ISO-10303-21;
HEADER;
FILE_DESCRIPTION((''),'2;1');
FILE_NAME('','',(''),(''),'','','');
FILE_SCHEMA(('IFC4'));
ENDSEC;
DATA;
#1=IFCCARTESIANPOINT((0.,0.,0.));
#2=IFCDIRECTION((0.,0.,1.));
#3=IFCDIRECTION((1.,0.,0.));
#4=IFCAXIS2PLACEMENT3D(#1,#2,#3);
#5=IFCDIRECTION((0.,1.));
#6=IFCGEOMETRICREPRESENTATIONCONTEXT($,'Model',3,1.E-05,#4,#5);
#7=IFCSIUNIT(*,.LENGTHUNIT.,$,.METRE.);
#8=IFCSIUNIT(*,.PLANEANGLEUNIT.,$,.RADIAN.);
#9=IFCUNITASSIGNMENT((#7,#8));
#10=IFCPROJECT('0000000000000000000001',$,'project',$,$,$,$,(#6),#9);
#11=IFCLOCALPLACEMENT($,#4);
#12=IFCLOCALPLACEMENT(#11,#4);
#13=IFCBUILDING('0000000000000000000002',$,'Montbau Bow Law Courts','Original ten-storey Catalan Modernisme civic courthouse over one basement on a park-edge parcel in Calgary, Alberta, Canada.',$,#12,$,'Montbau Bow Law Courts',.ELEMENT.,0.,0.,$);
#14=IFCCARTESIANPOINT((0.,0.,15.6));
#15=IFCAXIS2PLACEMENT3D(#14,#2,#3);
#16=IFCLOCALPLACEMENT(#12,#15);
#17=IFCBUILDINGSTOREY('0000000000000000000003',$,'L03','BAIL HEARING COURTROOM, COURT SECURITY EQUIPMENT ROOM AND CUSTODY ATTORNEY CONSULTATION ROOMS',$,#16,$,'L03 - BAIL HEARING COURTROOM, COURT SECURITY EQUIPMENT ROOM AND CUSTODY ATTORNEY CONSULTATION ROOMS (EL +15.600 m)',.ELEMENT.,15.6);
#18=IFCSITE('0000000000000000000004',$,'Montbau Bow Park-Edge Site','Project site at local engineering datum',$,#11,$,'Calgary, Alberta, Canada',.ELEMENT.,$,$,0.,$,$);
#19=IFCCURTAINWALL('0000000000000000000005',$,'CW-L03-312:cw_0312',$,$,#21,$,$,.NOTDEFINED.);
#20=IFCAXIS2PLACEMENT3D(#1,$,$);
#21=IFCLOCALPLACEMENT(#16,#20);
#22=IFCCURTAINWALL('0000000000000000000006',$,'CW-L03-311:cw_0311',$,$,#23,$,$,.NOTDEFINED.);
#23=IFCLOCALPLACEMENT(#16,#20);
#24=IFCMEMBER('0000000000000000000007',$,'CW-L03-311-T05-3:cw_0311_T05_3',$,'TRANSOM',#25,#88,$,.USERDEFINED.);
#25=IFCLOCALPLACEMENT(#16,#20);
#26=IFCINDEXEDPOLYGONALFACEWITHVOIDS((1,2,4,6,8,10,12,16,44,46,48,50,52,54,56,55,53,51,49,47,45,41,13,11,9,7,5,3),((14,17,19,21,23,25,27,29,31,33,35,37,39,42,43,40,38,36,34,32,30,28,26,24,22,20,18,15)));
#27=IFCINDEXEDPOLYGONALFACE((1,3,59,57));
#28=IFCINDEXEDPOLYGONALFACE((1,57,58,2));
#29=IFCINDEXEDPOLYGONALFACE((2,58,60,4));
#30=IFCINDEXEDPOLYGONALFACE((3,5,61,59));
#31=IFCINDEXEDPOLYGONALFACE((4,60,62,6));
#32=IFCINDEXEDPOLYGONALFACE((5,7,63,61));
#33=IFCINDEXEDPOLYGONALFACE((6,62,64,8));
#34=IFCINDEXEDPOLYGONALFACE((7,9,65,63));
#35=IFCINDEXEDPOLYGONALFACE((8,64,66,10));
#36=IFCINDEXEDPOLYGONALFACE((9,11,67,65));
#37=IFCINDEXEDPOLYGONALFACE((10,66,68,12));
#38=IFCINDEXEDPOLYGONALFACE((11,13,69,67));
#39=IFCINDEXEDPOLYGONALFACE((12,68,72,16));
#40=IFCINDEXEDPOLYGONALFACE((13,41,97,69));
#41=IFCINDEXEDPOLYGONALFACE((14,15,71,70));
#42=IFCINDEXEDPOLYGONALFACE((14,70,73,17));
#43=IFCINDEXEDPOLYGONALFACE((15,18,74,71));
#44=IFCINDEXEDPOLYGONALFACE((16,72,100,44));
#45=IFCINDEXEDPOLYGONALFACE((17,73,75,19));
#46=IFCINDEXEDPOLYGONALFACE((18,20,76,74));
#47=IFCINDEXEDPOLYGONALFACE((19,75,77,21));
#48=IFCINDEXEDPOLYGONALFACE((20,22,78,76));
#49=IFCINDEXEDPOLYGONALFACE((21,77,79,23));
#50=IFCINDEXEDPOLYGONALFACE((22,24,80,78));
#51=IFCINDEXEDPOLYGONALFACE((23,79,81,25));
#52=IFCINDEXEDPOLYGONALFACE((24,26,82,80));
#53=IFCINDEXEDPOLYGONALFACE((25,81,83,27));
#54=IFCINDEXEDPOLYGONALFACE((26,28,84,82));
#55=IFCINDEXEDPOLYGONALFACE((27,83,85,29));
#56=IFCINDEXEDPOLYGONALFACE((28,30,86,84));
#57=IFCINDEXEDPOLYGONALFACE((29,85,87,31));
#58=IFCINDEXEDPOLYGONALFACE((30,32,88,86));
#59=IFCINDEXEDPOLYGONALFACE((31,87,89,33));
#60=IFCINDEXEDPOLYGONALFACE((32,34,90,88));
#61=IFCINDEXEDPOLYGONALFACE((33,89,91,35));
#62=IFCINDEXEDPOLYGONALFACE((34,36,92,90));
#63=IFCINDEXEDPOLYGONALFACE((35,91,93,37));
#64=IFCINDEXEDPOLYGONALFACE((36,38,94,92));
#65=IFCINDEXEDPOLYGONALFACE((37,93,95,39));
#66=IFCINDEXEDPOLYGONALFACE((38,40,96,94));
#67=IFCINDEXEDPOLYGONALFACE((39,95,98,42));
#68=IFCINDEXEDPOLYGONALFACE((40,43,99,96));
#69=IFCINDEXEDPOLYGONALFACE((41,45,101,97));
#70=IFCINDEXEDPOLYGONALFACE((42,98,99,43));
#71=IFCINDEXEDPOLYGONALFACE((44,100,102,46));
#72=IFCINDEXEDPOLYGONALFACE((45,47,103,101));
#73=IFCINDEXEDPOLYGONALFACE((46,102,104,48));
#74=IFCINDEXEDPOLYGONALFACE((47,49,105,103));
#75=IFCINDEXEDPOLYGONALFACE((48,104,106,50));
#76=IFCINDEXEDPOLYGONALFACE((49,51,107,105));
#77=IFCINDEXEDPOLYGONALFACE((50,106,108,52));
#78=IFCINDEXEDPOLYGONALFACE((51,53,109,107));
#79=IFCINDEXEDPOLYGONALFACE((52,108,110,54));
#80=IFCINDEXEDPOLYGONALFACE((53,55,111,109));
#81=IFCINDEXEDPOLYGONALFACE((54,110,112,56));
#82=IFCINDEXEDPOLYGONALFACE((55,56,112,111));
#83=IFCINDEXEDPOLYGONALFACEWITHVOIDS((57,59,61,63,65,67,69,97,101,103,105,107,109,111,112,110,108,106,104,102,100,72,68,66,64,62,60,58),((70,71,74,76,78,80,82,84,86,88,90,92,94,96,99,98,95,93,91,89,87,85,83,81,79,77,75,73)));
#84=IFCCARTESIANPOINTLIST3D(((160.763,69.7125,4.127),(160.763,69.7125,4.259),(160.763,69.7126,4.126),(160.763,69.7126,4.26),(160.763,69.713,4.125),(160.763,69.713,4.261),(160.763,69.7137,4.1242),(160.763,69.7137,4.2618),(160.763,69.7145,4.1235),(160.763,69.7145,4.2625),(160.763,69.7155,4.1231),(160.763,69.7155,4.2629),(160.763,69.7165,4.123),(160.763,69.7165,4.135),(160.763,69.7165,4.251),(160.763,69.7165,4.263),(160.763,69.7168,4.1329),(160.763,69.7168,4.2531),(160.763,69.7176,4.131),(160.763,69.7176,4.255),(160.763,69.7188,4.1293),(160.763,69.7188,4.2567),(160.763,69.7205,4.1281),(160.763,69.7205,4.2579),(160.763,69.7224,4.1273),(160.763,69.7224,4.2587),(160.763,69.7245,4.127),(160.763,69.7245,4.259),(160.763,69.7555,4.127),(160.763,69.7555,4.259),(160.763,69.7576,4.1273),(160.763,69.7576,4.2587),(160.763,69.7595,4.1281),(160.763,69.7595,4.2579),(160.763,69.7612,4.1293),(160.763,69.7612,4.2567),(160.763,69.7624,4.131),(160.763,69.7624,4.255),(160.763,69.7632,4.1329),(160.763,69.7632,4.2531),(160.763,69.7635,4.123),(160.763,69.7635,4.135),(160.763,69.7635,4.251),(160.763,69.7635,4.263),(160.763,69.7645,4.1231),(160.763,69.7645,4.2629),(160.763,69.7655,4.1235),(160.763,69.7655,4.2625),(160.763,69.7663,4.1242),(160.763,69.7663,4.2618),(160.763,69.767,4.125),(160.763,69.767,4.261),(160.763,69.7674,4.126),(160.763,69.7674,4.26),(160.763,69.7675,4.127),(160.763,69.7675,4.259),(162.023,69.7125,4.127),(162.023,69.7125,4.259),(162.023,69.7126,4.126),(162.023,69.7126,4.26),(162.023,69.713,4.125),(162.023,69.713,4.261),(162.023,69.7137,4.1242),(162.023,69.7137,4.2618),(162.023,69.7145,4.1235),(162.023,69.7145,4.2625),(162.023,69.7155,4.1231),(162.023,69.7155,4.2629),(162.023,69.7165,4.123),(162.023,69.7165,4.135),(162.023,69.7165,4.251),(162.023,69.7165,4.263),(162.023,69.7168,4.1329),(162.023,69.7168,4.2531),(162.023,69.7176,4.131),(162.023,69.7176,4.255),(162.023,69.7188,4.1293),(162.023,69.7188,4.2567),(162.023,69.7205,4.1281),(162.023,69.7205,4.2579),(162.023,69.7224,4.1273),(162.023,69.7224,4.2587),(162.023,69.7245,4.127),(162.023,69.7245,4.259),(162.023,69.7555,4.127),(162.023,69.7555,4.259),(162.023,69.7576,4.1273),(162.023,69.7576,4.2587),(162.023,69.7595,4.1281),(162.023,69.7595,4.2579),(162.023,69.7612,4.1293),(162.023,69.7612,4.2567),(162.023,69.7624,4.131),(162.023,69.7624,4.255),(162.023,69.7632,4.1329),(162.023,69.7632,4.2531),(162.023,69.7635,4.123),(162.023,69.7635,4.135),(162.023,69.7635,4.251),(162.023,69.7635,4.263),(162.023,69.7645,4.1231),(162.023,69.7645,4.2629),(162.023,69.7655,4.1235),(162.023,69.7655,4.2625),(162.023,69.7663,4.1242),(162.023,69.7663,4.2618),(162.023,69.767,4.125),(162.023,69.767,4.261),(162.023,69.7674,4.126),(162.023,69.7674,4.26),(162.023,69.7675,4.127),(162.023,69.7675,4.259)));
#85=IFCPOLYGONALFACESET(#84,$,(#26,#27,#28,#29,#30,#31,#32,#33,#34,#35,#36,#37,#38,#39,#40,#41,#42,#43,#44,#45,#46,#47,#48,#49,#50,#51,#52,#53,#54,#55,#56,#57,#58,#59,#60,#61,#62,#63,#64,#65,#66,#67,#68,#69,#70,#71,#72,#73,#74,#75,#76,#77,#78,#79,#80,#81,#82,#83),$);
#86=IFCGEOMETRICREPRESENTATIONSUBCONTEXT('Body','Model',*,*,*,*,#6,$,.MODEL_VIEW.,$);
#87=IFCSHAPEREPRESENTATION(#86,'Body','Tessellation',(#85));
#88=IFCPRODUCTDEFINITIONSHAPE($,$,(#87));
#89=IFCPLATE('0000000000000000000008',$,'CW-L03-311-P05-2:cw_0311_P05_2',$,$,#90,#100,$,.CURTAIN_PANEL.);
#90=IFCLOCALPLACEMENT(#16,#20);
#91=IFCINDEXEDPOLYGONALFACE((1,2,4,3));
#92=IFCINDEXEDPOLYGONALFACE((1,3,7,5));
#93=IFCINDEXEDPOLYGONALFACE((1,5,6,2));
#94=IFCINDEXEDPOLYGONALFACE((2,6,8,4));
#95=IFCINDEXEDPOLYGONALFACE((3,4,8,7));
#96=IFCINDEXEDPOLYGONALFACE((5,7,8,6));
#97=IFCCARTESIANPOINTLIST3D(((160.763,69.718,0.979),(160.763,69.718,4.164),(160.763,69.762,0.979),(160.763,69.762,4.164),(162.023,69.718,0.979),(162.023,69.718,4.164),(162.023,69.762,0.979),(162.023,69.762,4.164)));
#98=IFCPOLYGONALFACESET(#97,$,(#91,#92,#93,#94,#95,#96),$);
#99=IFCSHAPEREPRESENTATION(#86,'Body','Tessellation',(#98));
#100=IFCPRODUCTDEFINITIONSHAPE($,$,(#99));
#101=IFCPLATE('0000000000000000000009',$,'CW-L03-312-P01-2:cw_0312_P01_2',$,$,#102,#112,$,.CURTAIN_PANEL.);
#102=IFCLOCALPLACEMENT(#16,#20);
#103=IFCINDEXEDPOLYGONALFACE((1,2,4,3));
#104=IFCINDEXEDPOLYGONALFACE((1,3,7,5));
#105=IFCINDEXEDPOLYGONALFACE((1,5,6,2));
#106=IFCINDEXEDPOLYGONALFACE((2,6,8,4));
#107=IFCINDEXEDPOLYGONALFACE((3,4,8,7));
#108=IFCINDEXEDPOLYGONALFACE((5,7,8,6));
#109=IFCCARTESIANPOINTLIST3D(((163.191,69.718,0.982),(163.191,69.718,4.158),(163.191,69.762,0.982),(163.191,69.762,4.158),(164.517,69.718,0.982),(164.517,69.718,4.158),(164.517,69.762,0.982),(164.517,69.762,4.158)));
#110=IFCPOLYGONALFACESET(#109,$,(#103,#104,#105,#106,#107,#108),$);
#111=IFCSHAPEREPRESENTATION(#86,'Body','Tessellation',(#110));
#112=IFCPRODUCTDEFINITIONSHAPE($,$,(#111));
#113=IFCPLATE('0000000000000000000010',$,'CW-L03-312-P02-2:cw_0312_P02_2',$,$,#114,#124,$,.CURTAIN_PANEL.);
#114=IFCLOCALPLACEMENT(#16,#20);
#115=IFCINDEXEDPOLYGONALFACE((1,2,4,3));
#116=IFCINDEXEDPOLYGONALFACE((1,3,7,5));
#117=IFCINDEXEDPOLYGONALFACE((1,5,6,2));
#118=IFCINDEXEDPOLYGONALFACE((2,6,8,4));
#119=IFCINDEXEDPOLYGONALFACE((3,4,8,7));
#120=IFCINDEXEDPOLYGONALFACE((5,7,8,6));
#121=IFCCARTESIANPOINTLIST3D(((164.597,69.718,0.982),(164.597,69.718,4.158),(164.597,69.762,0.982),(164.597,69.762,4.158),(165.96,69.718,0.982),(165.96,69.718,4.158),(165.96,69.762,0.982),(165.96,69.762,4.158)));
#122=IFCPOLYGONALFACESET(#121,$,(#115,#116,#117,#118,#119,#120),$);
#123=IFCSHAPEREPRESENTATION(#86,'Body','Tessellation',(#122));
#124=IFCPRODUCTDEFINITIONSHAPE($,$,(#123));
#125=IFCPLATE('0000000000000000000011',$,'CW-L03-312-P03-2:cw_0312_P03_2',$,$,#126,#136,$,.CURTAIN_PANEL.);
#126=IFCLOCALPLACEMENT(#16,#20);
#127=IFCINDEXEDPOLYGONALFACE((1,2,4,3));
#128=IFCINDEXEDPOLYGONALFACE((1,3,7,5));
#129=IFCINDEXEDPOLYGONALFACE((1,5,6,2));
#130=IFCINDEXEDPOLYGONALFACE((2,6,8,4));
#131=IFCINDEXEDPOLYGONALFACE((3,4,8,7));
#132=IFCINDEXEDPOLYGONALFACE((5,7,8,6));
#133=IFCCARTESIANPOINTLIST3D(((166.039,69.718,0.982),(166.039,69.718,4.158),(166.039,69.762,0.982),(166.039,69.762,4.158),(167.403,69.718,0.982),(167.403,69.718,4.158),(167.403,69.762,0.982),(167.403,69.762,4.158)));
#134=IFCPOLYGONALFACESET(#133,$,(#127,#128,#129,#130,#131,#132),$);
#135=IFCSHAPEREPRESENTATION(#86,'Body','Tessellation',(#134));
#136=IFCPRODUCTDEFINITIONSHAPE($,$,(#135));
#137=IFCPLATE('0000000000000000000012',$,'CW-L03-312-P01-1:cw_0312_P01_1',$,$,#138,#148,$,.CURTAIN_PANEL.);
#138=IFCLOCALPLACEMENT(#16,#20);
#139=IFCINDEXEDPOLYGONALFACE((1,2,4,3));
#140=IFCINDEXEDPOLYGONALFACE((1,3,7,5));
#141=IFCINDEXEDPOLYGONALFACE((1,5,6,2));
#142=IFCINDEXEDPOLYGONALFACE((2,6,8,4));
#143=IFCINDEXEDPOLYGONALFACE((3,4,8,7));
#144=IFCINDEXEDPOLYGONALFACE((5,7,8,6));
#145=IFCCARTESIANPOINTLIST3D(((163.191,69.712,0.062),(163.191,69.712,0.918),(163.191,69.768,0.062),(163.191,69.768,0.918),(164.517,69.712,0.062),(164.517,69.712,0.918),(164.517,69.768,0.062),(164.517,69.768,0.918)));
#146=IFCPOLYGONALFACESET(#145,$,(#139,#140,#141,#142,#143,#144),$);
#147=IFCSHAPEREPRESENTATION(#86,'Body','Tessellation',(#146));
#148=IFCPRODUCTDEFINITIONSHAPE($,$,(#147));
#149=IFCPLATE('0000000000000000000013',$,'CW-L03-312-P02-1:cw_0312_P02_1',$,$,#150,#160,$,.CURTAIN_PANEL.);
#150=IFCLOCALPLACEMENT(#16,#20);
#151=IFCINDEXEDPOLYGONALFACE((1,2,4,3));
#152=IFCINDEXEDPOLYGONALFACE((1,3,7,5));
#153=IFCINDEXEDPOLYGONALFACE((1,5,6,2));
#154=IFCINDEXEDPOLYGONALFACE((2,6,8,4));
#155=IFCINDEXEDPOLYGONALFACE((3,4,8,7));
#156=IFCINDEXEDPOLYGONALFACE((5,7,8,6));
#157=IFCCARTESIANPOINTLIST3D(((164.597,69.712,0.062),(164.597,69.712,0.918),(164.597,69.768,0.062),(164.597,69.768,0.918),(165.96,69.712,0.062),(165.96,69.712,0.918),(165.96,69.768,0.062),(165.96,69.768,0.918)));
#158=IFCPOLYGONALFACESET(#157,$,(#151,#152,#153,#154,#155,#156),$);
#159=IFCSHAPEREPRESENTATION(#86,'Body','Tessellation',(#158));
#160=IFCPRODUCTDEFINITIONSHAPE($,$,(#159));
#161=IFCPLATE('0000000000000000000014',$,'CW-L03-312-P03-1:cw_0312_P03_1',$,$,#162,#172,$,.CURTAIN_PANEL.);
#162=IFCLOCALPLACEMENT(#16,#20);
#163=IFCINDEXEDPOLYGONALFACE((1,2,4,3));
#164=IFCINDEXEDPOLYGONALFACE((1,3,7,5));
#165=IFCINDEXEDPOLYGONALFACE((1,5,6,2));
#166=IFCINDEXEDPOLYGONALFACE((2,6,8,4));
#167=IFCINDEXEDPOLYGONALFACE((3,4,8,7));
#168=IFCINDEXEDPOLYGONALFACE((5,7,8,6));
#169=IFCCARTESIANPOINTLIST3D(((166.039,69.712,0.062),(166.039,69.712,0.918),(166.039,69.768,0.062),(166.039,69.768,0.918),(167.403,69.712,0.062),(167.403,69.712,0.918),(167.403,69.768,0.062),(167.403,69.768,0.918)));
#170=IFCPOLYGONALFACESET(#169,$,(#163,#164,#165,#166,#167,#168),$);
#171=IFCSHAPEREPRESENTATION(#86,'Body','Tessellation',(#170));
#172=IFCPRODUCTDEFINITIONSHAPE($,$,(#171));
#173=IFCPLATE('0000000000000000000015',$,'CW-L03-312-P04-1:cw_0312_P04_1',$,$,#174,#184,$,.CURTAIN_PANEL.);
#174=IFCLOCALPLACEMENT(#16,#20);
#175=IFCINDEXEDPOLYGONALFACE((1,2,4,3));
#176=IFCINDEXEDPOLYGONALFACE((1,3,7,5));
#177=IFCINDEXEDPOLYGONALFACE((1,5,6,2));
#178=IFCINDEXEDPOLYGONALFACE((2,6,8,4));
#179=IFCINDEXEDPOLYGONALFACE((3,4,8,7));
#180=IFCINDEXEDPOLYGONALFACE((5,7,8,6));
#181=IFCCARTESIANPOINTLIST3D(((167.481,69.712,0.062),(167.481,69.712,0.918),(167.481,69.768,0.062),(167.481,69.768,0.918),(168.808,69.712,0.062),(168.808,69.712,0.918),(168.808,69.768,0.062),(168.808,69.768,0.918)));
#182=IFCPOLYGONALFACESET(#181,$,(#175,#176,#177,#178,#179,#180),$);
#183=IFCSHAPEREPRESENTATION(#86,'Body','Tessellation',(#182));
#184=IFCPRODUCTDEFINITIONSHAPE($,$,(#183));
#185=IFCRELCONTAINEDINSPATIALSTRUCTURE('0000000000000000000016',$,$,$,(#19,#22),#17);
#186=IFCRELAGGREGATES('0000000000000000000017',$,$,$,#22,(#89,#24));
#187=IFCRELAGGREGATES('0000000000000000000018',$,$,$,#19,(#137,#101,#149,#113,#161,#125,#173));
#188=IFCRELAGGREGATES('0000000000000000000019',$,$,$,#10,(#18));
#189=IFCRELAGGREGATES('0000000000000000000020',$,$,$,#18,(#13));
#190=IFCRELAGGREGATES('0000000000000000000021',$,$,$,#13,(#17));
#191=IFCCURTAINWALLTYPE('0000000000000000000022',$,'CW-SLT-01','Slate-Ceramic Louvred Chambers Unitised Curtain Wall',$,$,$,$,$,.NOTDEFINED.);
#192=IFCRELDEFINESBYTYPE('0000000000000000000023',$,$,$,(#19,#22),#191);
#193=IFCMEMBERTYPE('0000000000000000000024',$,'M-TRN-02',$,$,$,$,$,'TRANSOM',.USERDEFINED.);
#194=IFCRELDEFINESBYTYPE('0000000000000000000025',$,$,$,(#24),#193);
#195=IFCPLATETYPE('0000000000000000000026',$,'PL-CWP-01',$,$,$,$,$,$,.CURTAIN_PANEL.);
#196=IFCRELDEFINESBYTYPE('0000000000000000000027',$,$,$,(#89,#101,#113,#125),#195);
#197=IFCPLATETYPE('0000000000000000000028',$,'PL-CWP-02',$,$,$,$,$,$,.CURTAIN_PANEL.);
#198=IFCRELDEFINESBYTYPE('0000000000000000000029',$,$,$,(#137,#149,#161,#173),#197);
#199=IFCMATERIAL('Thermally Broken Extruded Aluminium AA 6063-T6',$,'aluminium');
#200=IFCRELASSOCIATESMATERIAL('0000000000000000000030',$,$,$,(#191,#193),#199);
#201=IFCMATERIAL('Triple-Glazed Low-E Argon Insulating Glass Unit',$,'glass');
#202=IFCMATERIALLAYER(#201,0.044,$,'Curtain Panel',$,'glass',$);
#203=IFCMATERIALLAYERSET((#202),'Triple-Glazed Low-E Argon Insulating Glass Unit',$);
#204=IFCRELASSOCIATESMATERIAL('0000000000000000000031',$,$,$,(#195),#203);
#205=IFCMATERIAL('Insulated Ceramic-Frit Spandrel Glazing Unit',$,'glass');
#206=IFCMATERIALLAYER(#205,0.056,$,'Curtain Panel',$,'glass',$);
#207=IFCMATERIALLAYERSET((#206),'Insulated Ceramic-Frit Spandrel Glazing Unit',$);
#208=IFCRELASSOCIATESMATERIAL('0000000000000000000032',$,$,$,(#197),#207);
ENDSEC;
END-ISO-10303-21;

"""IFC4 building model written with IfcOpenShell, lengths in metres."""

from ifc_helpers import new_model, si_unit, direction, frame, frame_2d, origin_with_axes, origin_2d_with_axis, place, context, subcontext, project, spatial, rectangle, hollow_rectangle, extrude, material, layer, layer_set, material_profile, profile_set, type_object, element, aggregate, save


model = new_model("IFC4")

# Units and contexts
model_context = context("Model", 3, precision=1e-05, world=origin_with_axes(), true_north=direction((0.0, 1.0)))
body_context = subcontext(model_context, "Body", "Model", "MODEL_VIEW")
ifc_project = project(units=[si_unit("LENGTHUNIT", "METRE"), si_unit("PLANEANGLEUNIT", "RADIAN")], contexts=[model_context])

# Site, building, storey
site_placement = place(None, origin_with_axes())
site = spatial("IfcSite", under=ifc_project, at=site_placement, Name="Montbau Bow Park-Edge Site", Description="Project site at local engineering datum", LongName="Calgary, Alberta, Canada", CompositionType="ELEMENT", RefElevation=0.0)
building_placement = place(site_placement, origin_with_axes())
building = spatial("IfcBuilding", under=site, at=building_placement, Name="Montbau Bow Law Courts", Description="Original ten-storey Catalan Modernisme civic courthouse over one basement on a park-edge parcel in Calgary, Alberta, Canada.", LongName="Montbau Bow Law Courts", CompositionType="ELEMENT", ElevationOfRefHeight=0.0, ElevationOfTerrain=0.0)
storey_placement = place(building_placement, frame((0.0, 0.0, 15.6), z_axis=(0.0, 0.0, 1.0), x_axis=(1.0, 0.0, 0.0)))
storey = spatial("IfcBuildingStorey", under=building, at=storey_placement, Name="L03", Description="BAIL HEARING COURTROOM, COURT SECURITY EQUIPMENT ROOM AND CUSTODY ATTORNEY CONSULTATION ROOMS", LongName="L03 - BAIL HEARING COURTROOM, COURT SECURITY EQUIPMENT ROOM AND CUSTODY ATTORNEY CONSULTATION ROOMS (EL +15.600 m)", CompositionType="ELEMENT", Elevation=15.6)

# Curtain wall
ifc_material_1 = material(Name="Thermally Broken Extruded Aluminium AA 6063-T6", Category="aluminium")
curtain_wall_type = type_object("IfcCurtainWallType", Name="CW-SLT-01", Description="Slate-Ceramic Louvred Chambers Unitised Curtain Wall", PredefinedType="NOTDEFINED", material=ifc_material_1)
curtain_wall_1_placement = place(None, frame((163.115, 69.74, 15.6), z_axis=(0.0, 0.0, 1.0), x_axis=(1.0, 0.0, 0.0)))
curtain_wall_1 = element("IfcCurtainWall", 1, at=curtain_wall_1_placement, inside=storey, type_object=curtain_wall_type, Name="CW-L03-312:cw_0312", PredefinedType="NOTDEFINED")

# Curtain wall
curtain_wall_2_placement = place(None, frame((155.315, 69.74, 15.6), z_axis=(0.0, 0.0, 1.0), x_axis=(1.0, 0.0, 0.0)))
curtain_wall_2 = element("IfcCurtainWall", 2, at=curtain_wall_2_placement, inside=storey, type_object=curtain_wall_type, Name="CW-L03-311:cw_0311", PredefinedType="NOTDEFINED")

# Member
ifc_material_profile_1 = material_profile(ifc_material_1, hollow_rectangle(XDim=0.055, YDim=0.14, WallThickness=0.004, InnerFilletRadius=0.008, OuterFilletRadius=0.004, at=origin_2d_with_axis()), Name="CWT-140X55", Category="Main", Priority=0)
ifc_profile_set_1 = profile_set([ifc_material_profile_1], Name="Thermally Broken Extruded Aluminium AA 6063-T6")
member_type_1 = type_object("IfcMemberType", Name="M-TRN-02", ElementType="TRANSOM", PredefinedType="USERDEFINED", material=ifc_profile_set_1)
member_1_placement = place(None, frame((160.763, 69.74, 19.793), z_axis=(1.0, 0.0, 0.0), x_axis=(0.0, 1.0, 0.0)))
member_1 = element("IfcMember", 3, at=member_1_placement, type_object=member_type_1, Name="CW-L03-311-T05-3:cw_0311_T05_3", ObjectType="TRANSOM", PredefinedType="USERDEFINED", context=body_context, shape_type="SweptSolid", body=[
    extrude(hollow_rectangle(XDim=0.055, YDim=0.14, WallThickness=0.004, InnerFilletRadius=0.008, OuterFilletRadius=0.004, at=origin_2d_with_axis()), origin_with_axes(), (0.0, 0.0, 1.0), 1.26),
])

# Plates
ifc_material_2 = material(Name="Triple-Glazed Low-E Argon Insulating Glass Unit", Category="glass")
ifc_layer_1 = layer(ifc_material_2, 0.044, Name="Curtain Panel", Category="glass")
ifc_layer_set_1 = layer_set([ifc_layer_1], Name="Triple-Glazed Low-E Argon Insulating Glass Unit")
plate_type_1 = type_object("IfcPlateType", Name="PL-CWP-01", PredefinedType="CURTAIN_PANEL", material=ifc_layer_set_1)
plate_1_placement = place(None, frame((160.763, 69.74, 16.579), z_axis=(0.0, -1.0, 0.0), x_axis=(1.0, 0.0, 0.0)))
plate_1 = element("IfcPlate", 4, at=plate_1_placement, type_object=plate_type_1, Name="CW-L03-311-P05-2:cw_0311_P05_2", PredefinedType="CURTAIN_PANEL", context=body_context, shape_type="SweptSolid", body=[
    extrude(rectangle(XDim=1.26, YDim=3.185, at=frame_2d((0.63, 1.5925), x_axis=(1.0, 0.0))), frame((0.0, 0.0, -0.022), z_axis=(0.0, 0.0, 1.0), x_axis=(1.0, 0.0, 0.0)), (0.0, 0.0, 1.0), 0.044),
])
aggregate(curtain_wall_2, [plate_1, member_1])
plate_2_placement = place(None, frame((163.191, 69.74, 16.582), z_axis=(0.0, -1.0, 0.0), x_axis=(1.0, 0.0, 0.0)))
plate_2 = element("IfcPlate", 5, at=plate_2_placement, type_object=plate_type_1, Name="CW-L03-312-P01-2:cw_0312_P01_2", PredefinedType="CURTAIN_PANEL", context=body_context, shape_type="SweptSolid", body=[
    extrude(rectangle(XDim=1.326, YDim=3.176, at=frame_2d((0.663, 1.588), x_axis=(1.0, 0.0))), frame((0.0, 0.0, -0.022), z_axis=(0.0, 0.0, 1.0), x_axis=(1.0, 0.0, 0.0)), (0.0, 0.0, 1.0), 0.044),
])
plate_3_placement = place(None, frame((164.597, 69.74, 16.582), z_axis=(0.0, -1.0, 0.0), x_axis=(1.0, 0.0, 0.0)))
plate_3 = element("IfcPlate", 6, at=plate_3_placement, type_object=plate_type_1, Name="CW-L03-312-P02-2:cw_0312_P02_2", PredefinedType="CURTAIN_PANEL", context=body_context, shape_type="SweptSolid", body=[
    extrude(rectangle(XDim=1.363, YDim=3.176, at=frame_2d((0.6815, 1.588), x_axis=(1.0, 0.0))), frame((0.0, 0.0, -0.022), z_axis=(0.0, 0.0, 1.0), x_axis=(1.0, 0.0, 0.0)), (0.0, 0.0, 1.0), 0.044),
])
plate_4_placement = place(None, frame((166.039, 69.74, 16.582), z_axis=(0.0, -1.0, 0.0), x_axis=(1.0, 0.0, 0.0)))
plate_4 = element("IfcPlate", 7, at=plate_4_placement, type_object=plate_type_1, Name="CW-L03-312-P03-2:cw_0312_P03_2", PredefinedType="CURTAIN_PANEL", context=body_context, shape_type="SweptSolid", body=[
    extrude(rectangle(XDim=1.364, YDim=3.176, at=frame_2d((0.682, 1.588), x_axis=(1.0, 0.0))), frame((0.0, 0.0, -0.022), z_axis=(0.0, 0.0, 1.0), x_axis=(1.0, 0.0, 0.0)), (0.0, 0.0, 1.0), 0.044),
])
ifc_material_3 = material(Name="Insulated Ceramic-Frit Spandrel Glazing Unit", Category="glass")
ifc_layer_2 = layer(ifc_material_3, 0.056, Name="Curtain Panel", Category="glass")
ifc_layer_set_2 = layer_set([ifc_layer_2], Name="Insulated Ceramic-Frit Spandrel Glazing Unit")
plate_type_2 = type_object("IfcPlateType", Name="PL-CWP-02", PredefinedType="CURTAIN_PANEL", material=ifc_layer_set_2)
plate_5_placement = place(None, frame((163.191, 69.74, 15.662), z_axis=(0.0, -1.0, 0.0), x_axis=(1.0, 0.0, 0.0)))
plate_5 = element("IfcPlate", 8, at=plate_5_placement, type_object=plate_type_2, Name="CW-L03-312-P01-1:cw_0312_P01_1", PredefinedType="CURTAIN_PANEL", context=body_context, shape_type="SweptSolid", body=[
    extrude(rectangle(XDim=1.326, YDim=0.856, at=frame_2d((0.663, 0.428), x_axis=(1.0, 0.0))), frame((0.0, 0.0, -0.028), z_axis=(0.0, 0.0, 1.0), x_axis=(1.0, 0.0, 0.0)), (0.0, 0.0, 1.0), 0.056),
])
plate_6_placement = place(None, frame((164.597, 69.74, 15.662), z_axis=(0.0, -1.0, 0.0), x_axis=(1.0, 0.0, 0.0)))
plate_6 = element("IfcPlate", 9, at=plate_6_placement, type_object=plate_type_2, Name="CW-L03-312-P02-1:cw_0312_P02_1", PredefinedType="CURTAIN_PANEL", context=body_context, shape_type="SweptSolid", body=[
    extrude(rectangle(XDim=1.363, YDim=0.856, at=frame_2d((0.6815, 0.428), x_axis=(1.0, 0.0))), frame((0.0, 0.0, -0.028), z_axis=(0.0, 0.0, 1.0), x_axis=(1.0, 0.0, 0.0)), (0.0, 0.0, 1.0), 0.056),
])
plate_7_placement = place(None, frame((166.039, 69.74, 15.662), z_axis=(0.0, -1.0, 0.0), x_axis=(1.0, 0.0, 0.0)))
plate_7 = element("IfcPlate", 10, at=plate_7_placement, type_object=plate_type_2, Name="CW-L03-312-P03-1:cw_0312_P03_1", PredefinedType="CURTAIN_PANEL", context=body_context, shape_type="SweptSolid", body=[
    extrude(rectangle(XDim=1.364, YDim=0.856, at=frame_2d((0.682, 0.428), x_axis=(1.0, 0.0))), frame((0.0, 0.0, -0.028), z_axis=(0.0, 0.0, 1.0), x_axis=(1.0, 0.0, 0.0)), (0.0, 0.0, 1.0), 0.056),
])
plate_8_placement = place(None, frame((167.481, 69.74, 15.662), z_axis=(0.0, -1.0, 0.0), x_axis=(1.0, 0.0, 0.0)))
plate_8 = element("IfcPlate", 11, at=plate_8_placement, type_object=plate_type_2, Name="CW-L03-312-P04-1:cw_0312_P04_1", PredefinedType="CURTAIN_PANEL", context=body_context, shape_type="SweptSolid", body=[
    extrude(rectangle(XDim=1.327, YDim=0.856, at=frame_2d((0.6635, 0.428), x_axis=(1.0, 0.0))), frame((0.0, 0.0, -0.028), z_axis=(0.0, 0.0, 1.0), x_axis=(1.0, 0.0, 0.0)), (0.0, 0.0, 1.0), 0.056),
])
aggregate(curtain_wall_1, [plate_5, plate_2, plate_6, plate_3, plate_7, plate_4, plate_8])

save(model, "model.ifc")
